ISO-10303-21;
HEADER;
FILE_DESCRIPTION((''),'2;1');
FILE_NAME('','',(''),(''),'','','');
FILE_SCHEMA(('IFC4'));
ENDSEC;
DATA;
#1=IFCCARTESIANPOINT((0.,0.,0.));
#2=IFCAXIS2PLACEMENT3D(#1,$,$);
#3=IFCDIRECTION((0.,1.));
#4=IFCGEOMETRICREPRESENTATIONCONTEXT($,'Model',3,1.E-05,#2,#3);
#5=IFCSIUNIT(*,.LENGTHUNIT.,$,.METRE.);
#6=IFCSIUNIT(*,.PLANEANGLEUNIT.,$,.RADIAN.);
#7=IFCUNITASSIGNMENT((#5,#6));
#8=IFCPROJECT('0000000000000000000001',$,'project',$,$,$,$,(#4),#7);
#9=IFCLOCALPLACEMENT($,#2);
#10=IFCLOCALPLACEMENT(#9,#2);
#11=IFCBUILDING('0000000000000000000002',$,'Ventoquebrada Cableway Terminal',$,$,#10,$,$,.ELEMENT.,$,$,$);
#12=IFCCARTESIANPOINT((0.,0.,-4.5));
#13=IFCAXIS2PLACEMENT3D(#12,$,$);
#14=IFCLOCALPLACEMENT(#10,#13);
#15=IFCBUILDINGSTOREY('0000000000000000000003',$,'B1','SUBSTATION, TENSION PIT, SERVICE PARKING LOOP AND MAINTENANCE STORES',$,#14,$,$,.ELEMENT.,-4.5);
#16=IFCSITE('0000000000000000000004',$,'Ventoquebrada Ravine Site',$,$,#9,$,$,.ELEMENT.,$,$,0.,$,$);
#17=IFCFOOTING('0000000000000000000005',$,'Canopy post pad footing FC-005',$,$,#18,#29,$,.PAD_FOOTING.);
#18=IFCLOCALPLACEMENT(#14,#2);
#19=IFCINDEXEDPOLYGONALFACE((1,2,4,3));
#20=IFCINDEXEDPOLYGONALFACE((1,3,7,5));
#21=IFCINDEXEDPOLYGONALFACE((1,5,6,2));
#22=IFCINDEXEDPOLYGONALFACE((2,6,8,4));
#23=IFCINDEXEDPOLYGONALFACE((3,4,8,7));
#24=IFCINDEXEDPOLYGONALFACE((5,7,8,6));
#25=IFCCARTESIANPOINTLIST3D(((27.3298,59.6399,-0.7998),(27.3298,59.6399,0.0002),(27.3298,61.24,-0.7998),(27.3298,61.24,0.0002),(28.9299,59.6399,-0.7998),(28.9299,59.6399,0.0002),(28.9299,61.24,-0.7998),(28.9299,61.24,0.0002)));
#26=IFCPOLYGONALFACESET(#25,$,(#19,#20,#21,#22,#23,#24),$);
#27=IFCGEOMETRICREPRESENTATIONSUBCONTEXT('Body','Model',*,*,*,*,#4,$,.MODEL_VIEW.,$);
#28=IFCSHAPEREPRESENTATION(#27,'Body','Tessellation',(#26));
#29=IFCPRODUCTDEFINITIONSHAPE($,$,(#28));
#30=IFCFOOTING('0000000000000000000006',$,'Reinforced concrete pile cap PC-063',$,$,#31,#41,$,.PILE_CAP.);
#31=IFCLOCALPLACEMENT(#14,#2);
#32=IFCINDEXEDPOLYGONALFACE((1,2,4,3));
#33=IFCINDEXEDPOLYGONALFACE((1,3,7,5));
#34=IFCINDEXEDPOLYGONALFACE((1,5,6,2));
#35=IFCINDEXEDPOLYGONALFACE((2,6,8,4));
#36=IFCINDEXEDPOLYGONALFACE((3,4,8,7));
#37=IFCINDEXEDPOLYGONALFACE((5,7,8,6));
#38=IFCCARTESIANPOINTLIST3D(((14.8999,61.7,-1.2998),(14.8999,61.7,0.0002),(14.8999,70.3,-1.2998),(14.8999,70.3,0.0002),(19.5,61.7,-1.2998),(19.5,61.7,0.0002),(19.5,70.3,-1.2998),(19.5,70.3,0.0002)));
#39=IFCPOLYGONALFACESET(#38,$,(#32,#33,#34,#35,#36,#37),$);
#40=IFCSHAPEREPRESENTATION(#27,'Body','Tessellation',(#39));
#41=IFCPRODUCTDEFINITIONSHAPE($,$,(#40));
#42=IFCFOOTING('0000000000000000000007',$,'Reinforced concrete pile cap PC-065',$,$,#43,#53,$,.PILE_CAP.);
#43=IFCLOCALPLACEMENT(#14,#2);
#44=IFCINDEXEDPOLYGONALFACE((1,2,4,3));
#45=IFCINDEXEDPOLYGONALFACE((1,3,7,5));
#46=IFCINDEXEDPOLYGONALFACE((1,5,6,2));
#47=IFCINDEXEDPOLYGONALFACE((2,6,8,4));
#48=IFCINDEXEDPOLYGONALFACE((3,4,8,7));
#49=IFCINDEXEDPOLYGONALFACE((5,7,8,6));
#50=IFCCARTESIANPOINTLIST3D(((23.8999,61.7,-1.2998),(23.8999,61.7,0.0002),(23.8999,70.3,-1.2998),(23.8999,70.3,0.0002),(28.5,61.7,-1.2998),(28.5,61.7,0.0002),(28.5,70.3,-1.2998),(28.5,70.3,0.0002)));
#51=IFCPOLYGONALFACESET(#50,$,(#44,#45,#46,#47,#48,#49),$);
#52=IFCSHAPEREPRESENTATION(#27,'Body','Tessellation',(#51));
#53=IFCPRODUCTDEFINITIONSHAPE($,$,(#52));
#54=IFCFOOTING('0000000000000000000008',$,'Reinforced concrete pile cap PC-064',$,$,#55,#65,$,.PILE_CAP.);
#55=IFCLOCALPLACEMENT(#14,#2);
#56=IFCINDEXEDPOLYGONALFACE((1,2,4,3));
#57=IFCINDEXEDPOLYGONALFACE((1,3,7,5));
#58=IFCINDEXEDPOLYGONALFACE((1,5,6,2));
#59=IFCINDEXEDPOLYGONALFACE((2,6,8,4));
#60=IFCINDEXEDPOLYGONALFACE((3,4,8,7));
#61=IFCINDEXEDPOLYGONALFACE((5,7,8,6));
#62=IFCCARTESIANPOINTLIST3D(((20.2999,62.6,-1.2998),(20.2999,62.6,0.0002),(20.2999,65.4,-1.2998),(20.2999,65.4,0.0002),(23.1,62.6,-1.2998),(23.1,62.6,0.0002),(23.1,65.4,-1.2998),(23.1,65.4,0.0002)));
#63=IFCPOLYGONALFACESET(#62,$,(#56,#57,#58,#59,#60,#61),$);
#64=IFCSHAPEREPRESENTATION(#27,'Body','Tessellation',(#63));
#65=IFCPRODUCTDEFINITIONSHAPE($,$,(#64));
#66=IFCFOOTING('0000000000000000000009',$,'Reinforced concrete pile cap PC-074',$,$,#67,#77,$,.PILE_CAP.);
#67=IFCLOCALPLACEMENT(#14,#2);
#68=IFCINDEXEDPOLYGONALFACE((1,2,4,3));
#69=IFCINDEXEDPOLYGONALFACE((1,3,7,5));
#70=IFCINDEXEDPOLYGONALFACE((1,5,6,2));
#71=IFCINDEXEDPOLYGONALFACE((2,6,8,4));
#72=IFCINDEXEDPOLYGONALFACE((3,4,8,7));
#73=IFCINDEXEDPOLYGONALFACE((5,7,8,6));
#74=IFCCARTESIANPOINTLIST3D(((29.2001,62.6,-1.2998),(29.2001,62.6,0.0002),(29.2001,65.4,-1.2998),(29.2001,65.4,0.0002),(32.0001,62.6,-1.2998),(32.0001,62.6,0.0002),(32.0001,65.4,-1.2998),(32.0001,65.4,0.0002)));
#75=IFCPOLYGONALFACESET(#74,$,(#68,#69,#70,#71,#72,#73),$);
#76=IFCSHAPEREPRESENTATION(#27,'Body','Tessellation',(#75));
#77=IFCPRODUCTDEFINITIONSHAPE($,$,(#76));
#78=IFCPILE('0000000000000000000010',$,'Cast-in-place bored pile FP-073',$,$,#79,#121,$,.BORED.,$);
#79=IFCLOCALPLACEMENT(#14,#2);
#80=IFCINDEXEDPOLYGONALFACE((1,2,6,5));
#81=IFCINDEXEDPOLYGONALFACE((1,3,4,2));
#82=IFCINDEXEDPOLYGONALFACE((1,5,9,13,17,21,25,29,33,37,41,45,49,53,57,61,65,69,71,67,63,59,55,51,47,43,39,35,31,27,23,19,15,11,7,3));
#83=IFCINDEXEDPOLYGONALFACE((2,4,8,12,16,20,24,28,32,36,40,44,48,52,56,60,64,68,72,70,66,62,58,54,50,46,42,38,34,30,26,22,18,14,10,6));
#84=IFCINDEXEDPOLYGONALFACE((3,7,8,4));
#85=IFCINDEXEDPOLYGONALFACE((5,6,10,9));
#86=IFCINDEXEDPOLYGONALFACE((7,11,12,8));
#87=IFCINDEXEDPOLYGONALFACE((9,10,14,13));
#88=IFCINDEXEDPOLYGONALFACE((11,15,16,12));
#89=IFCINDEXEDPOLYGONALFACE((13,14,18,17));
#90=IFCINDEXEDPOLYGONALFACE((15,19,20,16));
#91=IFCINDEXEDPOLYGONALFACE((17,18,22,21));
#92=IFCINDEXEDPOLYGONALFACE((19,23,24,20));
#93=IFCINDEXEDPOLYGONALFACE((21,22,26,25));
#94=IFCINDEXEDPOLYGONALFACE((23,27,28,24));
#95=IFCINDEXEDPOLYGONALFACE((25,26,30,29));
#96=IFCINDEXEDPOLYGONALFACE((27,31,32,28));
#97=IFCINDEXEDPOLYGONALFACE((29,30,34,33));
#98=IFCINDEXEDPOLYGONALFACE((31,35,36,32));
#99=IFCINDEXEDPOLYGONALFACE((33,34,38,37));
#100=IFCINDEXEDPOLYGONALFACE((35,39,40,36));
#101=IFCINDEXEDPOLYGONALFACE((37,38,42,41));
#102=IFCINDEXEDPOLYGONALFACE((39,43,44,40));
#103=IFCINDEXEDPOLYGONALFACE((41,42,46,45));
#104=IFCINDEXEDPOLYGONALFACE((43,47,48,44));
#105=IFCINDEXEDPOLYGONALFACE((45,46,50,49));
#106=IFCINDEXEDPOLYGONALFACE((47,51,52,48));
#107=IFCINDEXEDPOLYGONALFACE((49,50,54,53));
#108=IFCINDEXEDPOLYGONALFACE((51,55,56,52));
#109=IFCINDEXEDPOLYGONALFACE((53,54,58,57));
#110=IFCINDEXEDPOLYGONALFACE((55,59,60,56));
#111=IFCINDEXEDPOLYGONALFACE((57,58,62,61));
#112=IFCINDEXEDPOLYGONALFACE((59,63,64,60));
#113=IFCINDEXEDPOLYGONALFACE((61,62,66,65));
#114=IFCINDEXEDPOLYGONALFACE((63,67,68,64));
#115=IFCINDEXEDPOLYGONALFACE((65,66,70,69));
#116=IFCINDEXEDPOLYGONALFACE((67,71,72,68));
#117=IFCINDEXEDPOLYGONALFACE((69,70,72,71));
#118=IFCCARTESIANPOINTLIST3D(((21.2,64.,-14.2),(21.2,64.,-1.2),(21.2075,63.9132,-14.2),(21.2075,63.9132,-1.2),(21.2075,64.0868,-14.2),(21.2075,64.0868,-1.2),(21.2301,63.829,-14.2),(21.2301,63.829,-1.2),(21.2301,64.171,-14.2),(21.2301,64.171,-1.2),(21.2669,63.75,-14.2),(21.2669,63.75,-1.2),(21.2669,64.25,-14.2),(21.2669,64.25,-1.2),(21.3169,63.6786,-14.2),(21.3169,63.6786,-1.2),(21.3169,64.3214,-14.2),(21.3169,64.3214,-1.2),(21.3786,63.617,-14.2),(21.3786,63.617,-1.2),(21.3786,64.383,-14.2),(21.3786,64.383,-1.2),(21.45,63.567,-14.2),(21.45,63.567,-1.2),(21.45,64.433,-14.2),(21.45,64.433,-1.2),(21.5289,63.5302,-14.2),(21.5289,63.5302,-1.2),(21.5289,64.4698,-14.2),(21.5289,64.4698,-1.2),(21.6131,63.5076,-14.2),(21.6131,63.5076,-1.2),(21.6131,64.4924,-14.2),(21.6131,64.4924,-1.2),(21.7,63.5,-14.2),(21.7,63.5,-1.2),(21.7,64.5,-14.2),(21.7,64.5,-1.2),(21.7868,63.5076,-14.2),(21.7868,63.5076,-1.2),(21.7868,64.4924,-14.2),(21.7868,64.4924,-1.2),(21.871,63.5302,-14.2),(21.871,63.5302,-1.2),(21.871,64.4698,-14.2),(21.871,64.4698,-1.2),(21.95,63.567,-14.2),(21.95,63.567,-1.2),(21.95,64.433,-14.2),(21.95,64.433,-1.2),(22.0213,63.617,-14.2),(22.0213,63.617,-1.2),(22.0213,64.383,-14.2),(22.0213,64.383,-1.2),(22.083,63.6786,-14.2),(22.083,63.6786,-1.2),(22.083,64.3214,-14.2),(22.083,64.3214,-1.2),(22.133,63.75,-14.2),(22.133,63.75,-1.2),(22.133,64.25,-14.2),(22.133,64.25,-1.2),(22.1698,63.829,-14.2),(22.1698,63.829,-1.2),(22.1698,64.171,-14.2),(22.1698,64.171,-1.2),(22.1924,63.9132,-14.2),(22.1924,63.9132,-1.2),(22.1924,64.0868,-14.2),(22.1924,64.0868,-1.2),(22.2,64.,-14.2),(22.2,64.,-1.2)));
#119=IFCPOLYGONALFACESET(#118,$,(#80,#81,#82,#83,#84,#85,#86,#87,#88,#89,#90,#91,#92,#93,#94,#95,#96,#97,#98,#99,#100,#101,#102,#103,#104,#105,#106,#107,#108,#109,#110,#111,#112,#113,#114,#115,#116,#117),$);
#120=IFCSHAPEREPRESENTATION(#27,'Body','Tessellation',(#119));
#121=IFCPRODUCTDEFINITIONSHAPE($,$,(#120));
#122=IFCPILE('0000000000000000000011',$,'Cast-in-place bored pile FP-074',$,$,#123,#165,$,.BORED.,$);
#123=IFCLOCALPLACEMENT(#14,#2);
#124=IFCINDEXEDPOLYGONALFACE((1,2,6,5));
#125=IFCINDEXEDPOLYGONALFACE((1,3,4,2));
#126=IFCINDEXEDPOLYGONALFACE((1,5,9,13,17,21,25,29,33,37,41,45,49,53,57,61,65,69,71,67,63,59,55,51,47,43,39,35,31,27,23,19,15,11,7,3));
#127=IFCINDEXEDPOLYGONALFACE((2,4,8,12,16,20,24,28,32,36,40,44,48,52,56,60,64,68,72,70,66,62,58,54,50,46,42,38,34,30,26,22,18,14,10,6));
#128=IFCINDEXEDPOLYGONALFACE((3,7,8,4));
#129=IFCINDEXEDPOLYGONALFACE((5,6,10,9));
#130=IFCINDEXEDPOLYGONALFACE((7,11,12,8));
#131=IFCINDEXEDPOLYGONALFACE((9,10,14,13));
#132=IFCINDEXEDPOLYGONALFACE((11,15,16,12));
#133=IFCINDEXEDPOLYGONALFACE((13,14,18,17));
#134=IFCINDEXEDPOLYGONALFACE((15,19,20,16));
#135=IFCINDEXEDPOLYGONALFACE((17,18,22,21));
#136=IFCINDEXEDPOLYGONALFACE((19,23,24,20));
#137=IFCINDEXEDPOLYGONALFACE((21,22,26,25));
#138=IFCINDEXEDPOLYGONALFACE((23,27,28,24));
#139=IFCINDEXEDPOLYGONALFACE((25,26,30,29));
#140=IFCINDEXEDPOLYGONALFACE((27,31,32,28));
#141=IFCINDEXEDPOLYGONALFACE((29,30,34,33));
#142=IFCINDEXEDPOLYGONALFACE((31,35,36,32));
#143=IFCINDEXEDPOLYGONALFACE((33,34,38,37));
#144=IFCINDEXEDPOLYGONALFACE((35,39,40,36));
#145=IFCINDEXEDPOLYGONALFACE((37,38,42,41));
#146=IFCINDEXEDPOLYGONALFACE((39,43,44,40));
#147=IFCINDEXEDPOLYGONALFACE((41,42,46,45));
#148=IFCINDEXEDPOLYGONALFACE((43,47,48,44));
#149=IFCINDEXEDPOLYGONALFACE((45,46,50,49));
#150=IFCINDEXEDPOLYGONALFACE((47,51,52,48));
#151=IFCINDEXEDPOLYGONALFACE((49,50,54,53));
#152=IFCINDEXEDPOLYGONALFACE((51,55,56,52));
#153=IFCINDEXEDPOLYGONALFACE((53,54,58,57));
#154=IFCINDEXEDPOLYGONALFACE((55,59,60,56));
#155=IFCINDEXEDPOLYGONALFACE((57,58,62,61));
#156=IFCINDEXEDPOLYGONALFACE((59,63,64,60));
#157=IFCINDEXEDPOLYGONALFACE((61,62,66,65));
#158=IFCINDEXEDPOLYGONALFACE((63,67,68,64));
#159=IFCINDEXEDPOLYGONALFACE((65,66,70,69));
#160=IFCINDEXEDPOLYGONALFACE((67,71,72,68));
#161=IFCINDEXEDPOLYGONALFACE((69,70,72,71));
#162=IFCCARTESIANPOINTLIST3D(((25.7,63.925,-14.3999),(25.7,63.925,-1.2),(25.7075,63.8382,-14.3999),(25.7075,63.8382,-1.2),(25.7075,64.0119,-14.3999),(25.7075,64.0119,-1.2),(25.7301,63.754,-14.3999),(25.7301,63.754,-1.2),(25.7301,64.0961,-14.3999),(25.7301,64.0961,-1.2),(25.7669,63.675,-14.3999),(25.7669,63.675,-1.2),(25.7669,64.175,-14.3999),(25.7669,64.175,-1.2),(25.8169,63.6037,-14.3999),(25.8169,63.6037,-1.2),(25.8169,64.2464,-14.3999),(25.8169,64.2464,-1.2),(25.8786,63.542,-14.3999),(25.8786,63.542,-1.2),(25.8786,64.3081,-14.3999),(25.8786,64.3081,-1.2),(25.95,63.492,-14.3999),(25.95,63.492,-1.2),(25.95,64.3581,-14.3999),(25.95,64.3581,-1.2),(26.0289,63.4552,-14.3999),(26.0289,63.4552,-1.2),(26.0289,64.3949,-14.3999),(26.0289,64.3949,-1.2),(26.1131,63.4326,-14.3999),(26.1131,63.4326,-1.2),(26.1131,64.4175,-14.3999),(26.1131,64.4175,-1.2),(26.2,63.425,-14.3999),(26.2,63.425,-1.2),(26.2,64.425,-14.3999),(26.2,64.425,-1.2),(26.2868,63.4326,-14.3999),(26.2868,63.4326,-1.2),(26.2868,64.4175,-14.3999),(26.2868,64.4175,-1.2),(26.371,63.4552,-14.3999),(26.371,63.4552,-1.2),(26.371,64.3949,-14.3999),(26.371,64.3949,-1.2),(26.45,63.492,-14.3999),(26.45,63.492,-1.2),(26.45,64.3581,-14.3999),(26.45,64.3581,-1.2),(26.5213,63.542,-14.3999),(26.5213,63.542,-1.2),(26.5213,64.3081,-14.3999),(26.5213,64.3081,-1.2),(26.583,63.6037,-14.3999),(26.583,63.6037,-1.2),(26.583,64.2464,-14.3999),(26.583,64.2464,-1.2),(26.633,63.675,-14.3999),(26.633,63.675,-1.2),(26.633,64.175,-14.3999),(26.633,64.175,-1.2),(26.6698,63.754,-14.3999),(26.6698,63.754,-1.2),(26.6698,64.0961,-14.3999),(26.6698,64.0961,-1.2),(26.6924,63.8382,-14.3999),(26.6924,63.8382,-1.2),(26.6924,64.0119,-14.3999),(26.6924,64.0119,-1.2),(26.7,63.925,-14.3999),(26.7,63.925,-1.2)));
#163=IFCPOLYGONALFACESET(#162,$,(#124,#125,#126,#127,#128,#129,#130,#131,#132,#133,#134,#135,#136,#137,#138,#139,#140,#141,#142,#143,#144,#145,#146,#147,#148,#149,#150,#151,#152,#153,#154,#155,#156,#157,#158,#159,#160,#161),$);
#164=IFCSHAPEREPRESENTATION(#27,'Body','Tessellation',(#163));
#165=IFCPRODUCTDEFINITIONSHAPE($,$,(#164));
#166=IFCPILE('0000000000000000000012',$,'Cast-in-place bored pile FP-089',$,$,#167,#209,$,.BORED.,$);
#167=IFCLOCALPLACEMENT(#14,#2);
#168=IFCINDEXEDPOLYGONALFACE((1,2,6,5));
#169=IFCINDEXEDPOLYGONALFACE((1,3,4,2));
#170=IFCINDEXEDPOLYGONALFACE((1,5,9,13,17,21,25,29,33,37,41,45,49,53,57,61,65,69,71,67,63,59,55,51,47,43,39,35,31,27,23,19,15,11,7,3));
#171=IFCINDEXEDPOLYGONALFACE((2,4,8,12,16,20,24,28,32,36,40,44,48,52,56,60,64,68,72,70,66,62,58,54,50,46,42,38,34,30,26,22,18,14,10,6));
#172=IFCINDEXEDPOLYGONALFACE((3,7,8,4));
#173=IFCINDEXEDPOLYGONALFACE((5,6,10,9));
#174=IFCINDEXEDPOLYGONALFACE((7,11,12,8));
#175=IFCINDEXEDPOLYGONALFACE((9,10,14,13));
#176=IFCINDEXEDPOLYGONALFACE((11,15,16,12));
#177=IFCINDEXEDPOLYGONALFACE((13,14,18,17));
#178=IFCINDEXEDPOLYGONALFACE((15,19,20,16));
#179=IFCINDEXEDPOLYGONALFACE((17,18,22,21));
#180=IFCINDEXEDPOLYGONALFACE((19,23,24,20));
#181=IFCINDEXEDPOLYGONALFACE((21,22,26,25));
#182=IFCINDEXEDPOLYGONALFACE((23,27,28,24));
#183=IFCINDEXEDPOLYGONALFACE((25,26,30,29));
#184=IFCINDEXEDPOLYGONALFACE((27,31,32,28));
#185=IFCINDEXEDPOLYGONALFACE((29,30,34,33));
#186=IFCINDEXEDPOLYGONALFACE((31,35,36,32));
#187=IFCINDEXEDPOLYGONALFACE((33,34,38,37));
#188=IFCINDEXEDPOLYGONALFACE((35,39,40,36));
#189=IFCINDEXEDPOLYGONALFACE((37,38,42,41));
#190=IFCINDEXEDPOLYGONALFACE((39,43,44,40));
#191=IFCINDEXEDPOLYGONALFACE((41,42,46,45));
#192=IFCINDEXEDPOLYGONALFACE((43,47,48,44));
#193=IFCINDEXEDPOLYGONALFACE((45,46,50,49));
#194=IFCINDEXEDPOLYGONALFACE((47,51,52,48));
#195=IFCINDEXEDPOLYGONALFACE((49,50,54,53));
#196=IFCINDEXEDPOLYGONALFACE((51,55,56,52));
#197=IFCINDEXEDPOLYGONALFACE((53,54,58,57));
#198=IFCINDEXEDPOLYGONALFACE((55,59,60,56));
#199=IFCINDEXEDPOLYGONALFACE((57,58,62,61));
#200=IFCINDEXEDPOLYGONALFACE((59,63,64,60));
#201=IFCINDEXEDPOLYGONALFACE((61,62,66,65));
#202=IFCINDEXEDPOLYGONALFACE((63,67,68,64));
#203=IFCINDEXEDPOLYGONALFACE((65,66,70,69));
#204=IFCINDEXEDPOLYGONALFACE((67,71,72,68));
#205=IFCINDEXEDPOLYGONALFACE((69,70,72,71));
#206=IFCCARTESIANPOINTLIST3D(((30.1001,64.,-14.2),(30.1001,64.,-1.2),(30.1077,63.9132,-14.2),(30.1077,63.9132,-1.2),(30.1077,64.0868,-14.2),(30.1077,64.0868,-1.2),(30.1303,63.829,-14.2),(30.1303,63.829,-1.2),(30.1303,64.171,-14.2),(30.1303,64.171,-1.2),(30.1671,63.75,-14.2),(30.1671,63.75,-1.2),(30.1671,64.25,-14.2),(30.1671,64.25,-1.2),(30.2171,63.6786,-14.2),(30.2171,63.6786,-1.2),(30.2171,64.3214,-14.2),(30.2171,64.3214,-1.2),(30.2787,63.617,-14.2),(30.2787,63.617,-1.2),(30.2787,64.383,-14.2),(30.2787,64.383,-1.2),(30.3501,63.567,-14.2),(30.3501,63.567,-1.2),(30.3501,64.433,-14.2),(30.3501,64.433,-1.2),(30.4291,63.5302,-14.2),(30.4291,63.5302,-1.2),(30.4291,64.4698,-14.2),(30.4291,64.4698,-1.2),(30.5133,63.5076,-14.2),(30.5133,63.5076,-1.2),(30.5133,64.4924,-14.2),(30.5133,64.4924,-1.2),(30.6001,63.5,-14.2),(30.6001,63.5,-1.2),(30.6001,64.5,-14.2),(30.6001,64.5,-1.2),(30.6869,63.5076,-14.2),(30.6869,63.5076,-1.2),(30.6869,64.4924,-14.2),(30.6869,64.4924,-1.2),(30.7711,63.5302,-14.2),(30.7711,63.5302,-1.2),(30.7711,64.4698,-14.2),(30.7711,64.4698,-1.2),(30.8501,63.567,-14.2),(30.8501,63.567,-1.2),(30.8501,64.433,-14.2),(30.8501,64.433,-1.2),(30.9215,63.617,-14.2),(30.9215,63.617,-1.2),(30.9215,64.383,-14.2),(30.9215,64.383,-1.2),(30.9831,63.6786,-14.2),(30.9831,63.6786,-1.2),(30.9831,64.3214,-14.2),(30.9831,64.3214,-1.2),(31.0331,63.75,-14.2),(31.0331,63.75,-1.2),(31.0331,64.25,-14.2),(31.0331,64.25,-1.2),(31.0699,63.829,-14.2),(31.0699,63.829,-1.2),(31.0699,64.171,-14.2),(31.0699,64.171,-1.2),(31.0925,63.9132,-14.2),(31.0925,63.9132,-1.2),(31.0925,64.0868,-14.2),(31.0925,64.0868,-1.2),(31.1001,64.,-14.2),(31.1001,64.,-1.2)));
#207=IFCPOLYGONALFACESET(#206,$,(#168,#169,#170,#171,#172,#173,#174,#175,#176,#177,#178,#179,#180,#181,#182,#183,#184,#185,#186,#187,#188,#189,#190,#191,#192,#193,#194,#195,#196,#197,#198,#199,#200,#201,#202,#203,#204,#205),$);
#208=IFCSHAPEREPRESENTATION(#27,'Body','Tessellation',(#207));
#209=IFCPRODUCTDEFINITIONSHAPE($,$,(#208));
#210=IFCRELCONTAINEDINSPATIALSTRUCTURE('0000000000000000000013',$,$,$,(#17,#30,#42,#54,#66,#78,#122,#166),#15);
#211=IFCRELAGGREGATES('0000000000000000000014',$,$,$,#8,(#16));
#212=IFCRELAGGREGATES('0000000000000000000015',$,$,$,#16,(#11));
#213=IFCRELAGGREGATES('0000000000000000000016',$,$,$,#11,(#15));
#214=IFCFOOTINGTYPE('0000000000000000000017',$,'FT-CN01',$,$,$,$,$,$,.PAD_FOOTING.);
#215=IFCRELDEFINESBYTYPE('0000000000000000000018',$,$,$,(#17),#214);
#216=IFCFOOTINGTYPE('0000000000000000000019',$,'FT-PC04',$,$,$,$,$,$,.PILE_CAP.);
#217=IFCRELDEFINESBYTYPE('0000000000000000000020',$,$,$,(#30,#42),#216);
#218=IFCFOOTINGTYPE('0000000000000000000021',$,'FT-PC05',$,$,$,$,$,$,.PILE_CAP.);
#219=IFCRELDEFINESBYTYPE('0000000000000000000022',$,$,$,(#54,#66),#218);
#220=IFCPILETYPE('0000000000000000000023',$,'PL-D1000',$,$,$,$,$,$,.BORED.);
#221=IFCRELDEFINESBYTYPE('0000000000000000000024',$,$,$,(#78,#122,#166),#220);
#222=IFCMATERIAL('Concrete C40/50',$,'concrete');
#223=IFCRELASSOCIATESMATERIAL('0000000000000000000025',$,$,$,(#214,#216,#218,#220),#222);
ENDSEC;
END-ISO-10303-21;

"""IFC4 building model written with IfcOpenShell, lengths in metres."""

from ifc_helpers import new_model, si_unit, direction, frame, origin, origin_2d, place, context, subcontext, project, spatial, rectangle, circle, extrude, material, material_profile, profile_set, type_object, element, save


model = new_model("IFC4")

# Units and contexts
model_context = context("Model", 3, precision=1e-05, world=origin(), true_north=direction((0.0, 1.0)))
body_context = subcontext(model_context, "Body", "Model", "MODEL_VIEW")
ifc_project = project(units=[si_unit("LENGTHUNIT", "METRE"), si_unit("PLANEANGLEUNIT", "RADIAN")], contexts=[model_context])

# Site, building, storey
site_placement = place(None, origin())
site = spatial("IfcSite", under=ifc_project, at=site_placement, Name="Ventoquebrada Ravine Site", CompositionType="ELEMENT", RefElevation=0.0)
building_placement = place(site_placement, origin())
building = spatial("IfcBuilding", under=site, at=building_placement, Name="Ventoquebrada Cableway Terminal", CompositionType="ELEMENT")
storey_placement = place(building_placement, frame((0.0, 0.0, -4.5)))
storey = spatial("IfcBuildingStorey", under=building, at=storey_placement, Name="B1", Description="SUBSTATION, TENSION PIT, SERVICE PARKING LOOP AND MAINTENANCE STORES", CompositionType="ELEMENT", Elevation=-4.5)

# Footings
ifc_material_1 = material(Name="Concrete C40/50", Category="concrete")
footing_type_1 = type_object("IfcFootingType", Name="FT-CN01", PredefinedType="PAD_FOOTING", material=ifc_material_1)
footing_placement = place(storey_placement, frame((28.1299, 60.4399, -0.7998), z_axis=(0.0, 0.0, 1.0), x_axis=(1.0, 0.0, 0.0)))
element("IfcFooting", 1, at=footing_placement, inside=storey, type_object=footing_type_1, Name="Canopy post pad footing FC-005", PredefinedType="PAD_FOOTING", context=body_context, shape_type="SweptSolid", body=[
    extrude(rectangle(XDim=1.6001, YDim=1.6001, at=origin_2d()), origin(), (0.0, 0.0, 1.0), 0.8),
])
footing_type_2 = type_object("IfcFootingType", Name="FT-PC04", PredefinedType="PILE_CAP", material=ifc_material_1)
for number, where, z_axis, x_axis, name in (
    (2, (17.2, 66.0, -1.2998), (0.0, 0.0, 1.0), (1.0, 0.0, 0.0), "Reinforced concrete pile cap PC-063"),
    (3, (26.2, 66.0, -1.2998), (0.0, 0.0, 1.0), (1.0, 0.0, 0.0), "Reinforced concrete pile cap PC-065"),
):
    element("IfcFooting", number, at=place(storey_placement, frame(where, z_axis=z_axis, x_axis=x_axis)), inside=storey, type_object=footing_type_2, Name=name, PredefinedType="PILE_CAP", context=body_context, shape_type="SweptSolid", body=[
        extrude(rectangle(XDim=4.6001, YDim=8.6001, at=origin_2d()), origin(), (0.0, 0.0, 1.0), 1.3),
    ])
footing_type_3 = type_object("IfcFootingType", Name="FT-PC05", PredefinedType="PILE_CAP", material=ifc_material_1)
for number, where, z_axis, x_axis, name in (
    (4, (21.7, 64.0, -1.2998), (0.0, 0.0, 1.0), (1.0, 0.0, 0.0), "Reinforced concrete pile cap PC-064"),
    (5, (30.6001, 64.0, -1.2998), (0.0, 0.0, 1.0), (1.0, 0.0, 0.0), "Reinforced concrete pile cap PC-074"),
):
    element("IfcFooting", number, at=place(storey_placement, frame(where, z_axis=z_axis, x_axis=x_axis)), inside=storey, type_object=footing_type_3, Name=name, PredefinedType="PILE_CAP", context=body_context, shape_type="SweptSolid", body=[
        extrude(rectangle(XDim=2.8, YDim=2.8, at=origin_2d()), origin(), (0.0, 0.0, 1.0), 1.3),
    ])

# Piles
ifc_material_profile_1 = material_profile(ifc_material_1, circle(Radius=0.5, at=origin_2d()), Name="PILE-D1000")
ifc_profile_set_1 = profile_set([ifc_material_profile_1], Name="Concrete C40/50")
pile_type = type_object("IfcPileType", Name="PL-D1000", PredefinedType="BORED", material=ifc_profile_set_1)
pile_1_placement = place(storey_placement, frame((21.7, 64.0, -1.2), z_axis=(0.0, 0.0, -1.0), x_axis=(1.0, 0.0, 0.0)))
element("IfcPile", 6, at=pile_1_placement, inside=storey, type_object=pile_type, Name="Cast-in-place bored pile FP-073", PredefinedType="BORED", context=body_context, shape_type="SweptSolid", body=[
    extrude(circle(Radius=0.5, at=origin_2d()), origin(), (0.0, 0.0, 1.0), 13.0),
])
pile_2_placement = place(storey_placement, frame((26.2, 63.925, -1.2), z_axis=(0.0, 0.0, -1.0), x_axis=(1.0, 0.0, 0.0)))
element("IfcPile", 7, at=pile_2_placement, inside=storey, type_object=pile_type, Name="Cast-in-place bored pile FP-074", PredefinedType="BORED", context=body_context, shape_type="SweptSolid", body=[
    extrude(circle(Radius=0.5, at=origin_2d()), origin(), (0.0, 0.0, 1.0), 13.2),
])
pile_3_placement = place(storey_placement, frame((30.6001, 64.0, -1.2), z_axis=(0.0, 0.0, -1.0), x_axis=(1.0, 0.0, 0.0)))
element("IfcPile", 8, at=pile_3_placement, inside=storey, type_object=pile_type, Name="Cast-in-place bored pile FP-089", PredefinedType="BORED", context=body_context, shape_type="SweptSolid", body=[
    extrude(circle(Radius=0.5, at=origin_2d()), origin(), (0.0, 0.0, 1.0), 13.0),
])

save(model, "model.ifc")
